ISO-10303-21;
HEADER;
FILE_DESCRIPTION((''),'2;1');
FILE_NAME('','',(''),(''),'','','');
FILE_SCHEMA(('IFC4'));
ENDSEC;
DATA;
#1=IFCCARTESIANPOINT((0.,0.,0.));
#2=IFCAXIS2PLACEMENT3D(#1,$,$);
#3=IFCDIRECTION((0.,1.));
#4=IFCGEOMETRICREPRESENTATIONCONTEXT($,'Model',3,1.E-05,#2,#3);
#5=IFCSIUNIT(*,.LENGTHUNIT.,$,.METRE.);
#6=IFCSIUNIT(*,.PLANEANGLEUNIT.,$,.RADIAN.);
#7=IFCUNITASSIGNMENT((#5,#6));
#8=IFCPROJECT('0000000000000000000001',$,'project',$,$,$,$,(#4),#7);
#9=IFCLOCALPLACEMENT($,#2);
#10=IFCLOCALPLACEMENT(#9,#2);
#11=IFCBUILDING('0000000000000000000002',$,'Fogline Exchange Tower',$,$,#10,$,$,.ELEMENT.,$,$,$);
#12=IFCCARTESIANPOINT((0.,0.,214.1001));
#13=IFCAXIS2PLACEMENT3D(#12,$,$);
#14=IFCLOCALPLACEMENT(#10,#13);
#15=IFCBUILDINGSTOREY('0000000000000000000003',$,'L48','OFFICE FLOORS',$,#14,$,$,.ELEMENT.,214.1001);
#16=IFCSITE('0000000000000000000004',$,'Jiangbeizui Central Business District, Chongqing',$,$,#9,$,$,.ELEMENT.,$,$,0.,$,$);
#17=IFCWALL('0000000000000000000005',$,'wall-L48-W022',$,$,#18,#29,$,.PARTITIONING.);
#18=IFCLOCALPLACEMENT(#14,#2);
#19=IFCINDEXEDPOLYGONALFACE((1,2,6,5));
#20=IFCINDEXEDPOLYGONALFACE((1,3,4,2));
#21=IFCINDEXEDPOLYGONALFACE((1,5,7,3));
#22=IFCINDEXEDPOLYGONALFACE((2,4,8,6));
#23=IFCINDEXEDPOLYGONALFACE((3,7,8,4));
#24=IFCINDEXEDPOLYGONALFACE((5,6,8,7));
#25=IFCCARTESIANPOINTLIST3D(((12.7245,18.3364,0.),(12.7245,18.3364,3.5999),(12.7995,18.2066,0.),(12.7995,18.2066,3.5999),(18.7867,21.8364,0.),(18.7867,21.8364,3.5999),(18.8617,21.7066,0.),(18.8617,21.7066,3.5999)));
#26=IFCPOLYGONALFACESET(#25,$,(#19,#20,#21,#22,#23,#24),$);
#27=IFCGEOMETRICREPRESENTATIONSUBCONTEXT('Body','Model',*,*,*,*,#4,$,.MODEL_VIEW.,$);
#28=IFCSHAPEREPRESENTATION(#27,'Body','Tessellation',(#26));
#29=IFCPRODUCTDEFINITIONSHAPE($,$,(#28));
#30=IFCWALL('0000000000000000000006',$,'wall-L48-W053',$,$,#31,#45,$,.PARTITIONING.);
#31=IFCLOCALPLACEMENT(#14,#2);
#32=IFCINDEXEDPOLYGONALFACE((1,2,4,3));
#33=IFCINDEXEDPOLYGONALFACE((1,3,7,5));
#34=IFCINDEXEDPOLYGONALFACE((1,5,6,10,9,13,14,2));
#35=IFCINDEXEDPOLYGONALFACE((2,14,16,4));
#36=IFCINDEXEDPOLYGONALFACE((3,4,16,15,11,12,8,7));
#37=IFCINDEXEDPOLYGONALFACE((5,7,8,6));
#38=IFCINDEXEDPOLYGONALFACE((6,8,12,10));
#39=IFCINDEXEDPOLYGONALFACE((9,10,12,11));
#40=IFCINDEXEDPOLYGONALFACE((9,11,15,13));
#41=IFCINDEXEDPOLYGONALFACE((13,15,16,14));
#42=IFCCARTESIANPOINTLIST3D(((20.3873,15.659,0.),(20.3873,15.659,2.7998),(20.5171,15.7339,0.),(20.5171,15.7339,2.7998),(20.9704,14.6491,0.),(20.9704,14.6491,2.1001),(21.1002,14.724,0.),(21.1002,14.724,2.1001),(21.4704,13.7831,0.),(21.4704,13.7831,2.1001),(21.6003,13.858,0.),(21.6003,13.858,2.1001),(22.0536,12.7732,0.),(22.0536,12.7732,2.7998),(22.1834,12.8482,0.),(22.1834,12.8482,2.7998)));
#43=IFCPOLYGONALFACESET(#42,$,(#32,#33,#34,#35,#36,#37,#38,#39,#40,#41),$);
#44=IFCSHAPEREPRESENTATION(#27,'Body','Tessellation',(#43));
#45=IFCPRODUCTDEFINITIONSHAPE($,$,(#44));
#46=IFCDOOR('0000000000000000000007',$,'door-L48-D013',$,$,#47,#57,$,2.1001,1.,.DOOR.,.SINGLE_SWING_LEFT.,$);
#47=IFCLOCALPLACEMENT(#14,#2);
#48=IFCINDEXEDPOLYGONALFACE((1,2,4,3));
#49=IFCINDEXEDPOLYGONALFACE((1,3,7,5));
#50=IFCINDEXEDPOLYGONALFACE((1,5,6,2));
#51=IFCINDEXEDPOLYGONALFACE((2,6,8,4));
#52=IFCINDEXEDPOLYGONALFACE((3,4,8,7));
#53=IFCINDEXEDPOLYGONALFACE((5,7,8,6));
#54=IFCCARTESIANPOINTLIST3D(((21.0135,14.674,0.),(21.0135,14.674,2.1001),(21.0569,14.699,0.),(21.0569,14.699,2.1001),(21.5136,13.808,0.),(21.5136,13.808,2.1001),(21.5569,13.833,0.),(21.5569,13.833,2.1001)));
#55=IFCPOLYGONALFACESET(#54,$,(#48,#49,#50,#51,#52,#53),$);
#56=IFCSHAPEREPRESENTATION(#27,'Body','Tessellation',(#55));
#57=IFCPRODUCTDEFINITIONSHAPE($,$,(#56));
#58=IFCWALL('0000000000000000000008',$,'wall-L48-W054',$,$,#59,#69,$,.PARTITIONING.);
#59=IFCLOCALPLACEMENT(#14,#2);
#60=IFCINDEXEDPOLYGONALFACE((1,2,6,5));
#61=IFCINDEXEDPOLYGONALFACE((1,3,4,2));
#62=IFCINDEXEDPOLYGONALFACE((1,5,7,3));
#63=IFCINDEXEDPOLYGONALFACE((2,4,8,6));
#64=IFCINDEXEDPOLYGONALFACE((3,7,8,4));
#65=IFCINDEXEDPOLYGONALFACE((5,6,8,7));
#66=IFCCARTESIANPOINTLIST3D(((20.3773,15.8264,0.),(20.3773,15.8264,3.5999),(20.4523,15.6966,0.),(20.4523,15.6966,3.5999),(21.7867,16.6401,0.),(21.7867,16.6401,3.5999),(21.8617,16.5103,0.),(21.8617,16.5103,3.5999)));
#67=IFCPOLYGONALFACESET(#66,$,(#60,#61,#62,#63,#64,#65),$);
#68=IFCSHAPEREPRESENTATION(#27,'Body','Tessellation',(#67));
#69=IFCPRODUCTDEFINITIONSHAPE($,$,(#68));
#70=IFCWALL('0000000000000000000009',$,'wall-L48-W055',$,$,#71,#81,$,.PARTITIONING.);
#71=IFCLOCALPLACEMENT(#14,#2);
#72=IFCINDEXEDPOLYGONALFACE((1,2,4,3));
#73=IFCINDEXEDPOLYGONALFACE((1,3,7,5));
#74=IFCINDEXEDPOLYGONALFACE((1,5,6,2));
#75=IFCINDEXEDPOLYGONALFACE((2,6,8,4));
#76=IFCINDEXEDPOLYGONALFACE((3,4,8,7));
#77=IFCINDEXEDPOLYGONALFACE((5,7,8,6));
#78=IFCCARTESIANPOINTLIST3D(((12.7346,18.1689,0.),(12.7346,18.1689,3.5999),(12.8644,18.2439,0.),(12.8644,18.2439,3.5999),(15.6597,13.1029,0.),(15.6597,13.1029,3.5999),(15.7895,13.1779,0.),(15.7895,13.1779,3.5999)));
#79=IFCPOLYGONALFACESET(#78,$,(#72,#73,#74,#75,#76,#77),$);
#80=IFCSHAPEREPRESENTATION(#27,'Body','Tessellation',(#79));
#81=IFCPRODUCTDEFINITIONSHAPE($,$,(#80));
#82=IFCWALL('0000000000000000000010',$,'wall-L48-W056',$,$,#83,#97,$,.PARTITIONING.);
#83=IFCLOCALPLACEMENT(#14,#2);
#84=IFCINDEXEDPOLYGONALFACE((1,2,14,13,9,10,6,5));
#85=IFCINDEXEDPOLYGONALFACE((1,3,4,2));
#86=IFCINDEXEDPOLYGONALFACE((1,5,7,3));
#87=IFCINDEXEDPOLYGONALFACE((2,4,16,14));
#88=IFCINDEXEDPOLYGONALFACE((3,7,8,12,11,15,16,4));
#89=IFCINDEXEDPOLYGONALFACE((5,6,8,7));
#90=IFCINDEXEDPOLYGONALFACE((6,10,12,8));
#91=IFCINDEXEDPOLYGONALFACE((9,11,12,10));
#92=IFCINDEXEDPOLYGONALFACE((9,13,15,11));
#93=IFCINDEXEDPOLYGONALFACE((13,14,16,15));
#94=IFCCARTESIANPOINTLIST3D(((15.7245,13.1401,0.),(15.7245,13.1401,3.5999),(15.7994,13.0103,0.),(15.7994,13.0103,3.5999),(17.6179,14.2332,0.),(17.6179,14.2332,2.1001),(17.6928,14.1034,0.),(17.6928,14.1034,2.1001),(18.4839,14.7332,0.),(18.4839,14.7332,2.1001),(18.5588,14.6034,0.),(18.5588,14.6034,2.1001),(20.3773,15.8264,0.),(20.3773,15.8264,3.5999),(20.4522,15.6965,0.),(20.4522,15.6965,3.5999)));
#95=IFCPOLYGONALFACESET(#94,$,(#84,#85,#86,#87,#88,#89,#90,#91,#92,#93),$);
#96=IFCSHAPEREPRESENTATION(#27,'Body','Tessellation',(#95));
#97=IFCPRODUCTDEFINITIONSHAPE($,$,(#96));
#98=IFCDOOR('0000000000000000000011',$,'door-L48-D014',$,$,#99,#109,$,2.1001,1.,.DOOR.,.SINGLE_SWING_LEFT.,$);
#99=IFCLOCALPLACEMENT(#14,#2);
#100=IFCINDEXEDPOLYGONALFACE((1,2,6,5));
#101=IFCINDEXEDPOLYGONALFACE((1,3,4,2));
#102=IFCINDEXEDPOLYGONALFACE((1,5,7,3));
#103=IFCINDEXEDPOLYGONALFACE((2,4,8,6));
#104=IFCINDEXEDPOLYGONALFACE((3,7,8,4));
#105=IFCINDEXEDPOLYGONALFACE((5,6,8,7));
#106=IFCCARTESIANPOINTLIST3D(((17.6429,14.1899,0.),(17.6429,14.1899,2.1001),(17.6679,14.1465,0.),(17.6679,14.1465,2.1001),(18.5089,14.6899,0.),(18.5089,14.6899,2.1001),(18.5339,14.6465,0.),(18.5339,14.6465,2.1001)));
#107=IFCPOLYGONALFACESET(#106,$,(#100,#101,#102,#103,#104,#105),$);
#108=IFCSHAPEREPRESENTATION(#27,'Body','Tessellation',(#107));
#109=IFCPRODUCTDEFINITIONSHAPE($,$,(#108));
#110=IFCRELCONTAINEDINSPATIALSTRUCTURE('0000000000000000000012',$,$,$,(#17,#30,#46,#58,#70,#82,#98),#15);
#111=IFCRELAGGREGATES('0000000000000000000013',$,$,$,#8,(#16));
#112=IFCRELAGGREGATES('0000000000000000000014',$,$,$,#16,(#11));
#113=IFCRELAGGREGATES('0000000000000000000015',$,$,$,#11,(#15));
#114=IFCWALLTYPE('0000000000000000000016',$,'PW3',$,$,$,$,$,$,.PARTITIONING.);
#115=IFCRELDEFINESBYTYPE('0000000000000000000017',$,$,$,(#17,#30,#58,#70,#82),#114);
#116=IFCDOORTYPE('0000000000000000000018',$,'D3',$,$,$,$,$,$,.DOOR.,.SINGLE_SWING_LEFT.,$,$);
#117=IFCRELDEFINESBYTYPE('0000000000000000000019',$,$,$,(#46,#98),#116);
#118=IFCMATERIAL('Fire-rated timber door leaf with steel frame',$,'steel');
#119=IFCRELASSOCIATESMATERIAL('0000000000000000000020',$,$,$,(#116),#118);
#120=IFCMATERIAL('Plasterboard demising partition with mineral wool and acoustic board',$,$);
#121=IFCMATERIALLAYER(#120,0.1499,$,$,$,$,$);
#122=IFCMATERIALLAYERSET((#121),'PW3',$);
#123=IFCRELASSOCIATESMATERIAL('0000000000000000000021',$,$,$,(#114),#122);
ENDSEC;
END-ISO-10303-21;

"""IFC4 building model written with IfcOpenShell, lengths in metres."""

from ifc_helpers import new_model, si_unit, direction, frame, frame_2d, origin, place, context, subcontext, project, spatial, rectangle, extrude, material, layer, layer_set, type_object, element, fill, save


model = new_model("IFC4")

# Units and contexts
model_context = context("Model", 3, precision=1e-05, world=origin(), true_north=direction((0.0, 1.0)))
body_context = subcontext(model_context, "Body", "Model", "MODEL_VIEW")
ifc_project = project(units=[si_unit("LENGTHUNIT", "METRE"), si_unit("PLANEANGLEUNIT", "RADIAN")], contexts=[model_context])

# Site, building, storey
site_placement = place(None, origin())
site = spatial("IfcSite", under=ifc_project, at=site_placement, Name="Jiangbeizui Central Business District, Chongqing", CompositionType="ELEMENT", RefElevation=0.0)
building_placement = place(site_placement, origin())
building = spatial("IfcBuilding", under=site, at=building_placement, Name="Fogline Exchange Tower", CompositionType="ELEMENT")
storey_placement = place(building_placement, frame((0.0, 0.0, 214.1001)))
storey = spatial("IfcBuildingStorey", under=building, at=storey_placement, Name="L48", Description="OFFICE FLOORS", CompositionType="ELEMENT", Elevation=214.1001)

# Shared definitions
ifc_material_1 = material(Name="Fire-rated timber door leaf with steel frame", Category="steel")
door_type_1 = type_object("IfcDoorType", Name="D3", OperationType="SINGLE_SWING_LEFT", PredefinedType="DOOR", material=ifc_material_1)

# Wall
ifc_material_2 = material(Name="Plasterboard demising partition with mineral wool and acoustic board")
ifc_layer_1 = layer(ifc_material_2, 0.1499)
ifc_layer_set_1 = layer_set([ifc_layer_1], Name="PW3")
wall_type_1 = type_object("IfcWallType", Name="PW3", PredefinedType="PARTITIONING", material=ifc_layer_set_1)
wall_1_placement = place(storey_placement, frame((18.8242, 21.7715, 0.0), z_axis=(0.0, 0.0, 1.0), x_axis=(-0.866028, -0.499995, 0.0)))
element("IfcWall", 1, at=wall_1_placement, inside=storey, type_object=wall_type_1, Name="wall-L48-W022", PredefinedType="PARTITIONING", context=body_context, shape_type="SweptSolid", body=[
    extrude(rectangle(XDim=7.0, YDim=0.1499, at=frame_2d((3.5, 0.0))), origin(), (0.0, 0.0, 1.0), 3.5999),
])

# Wall, opening, door
wall_2_placement = place(storey_placement, frame((22.1184, 12.8108, 0.0), z_axis=(0.0, 0.0, 1.0), x_axis=(-0.50004, 0.866003, 0.0)))
wall_2 = element("IfcWall", 2, at=wall_2_placement, inside=storey, type_object=wall_type_1, Name="wall-L48-W053", PredefinedType="PARTITIONING", context=body_context, shape_type="SweptSolid", body=[
    extrude(rectangle(XDim=3.3323, YDim=0.1499, at=frame_2d((1.666, 0.0))), origin(), (0.0, 0.0, 1.0), 2.7998),
])
opening_1_placement = place(wall_2_placement, frame((1.166, 0.0, 0.0)))
opening_1 = element("IfcOpeningElement", 3, at=opening_1_placement, cuts=wall_2, PredefinedType="OPENING", context=body_context, shape_type="SweptSolid", body=[
    extrude(rectangle(XDim=1.0, YDim=2.1001, at=frame_2d((0.5, 1.05))), frame((0.0, 0.085, 0.0), z_axis=(0.0, -1.0, 0.0), x_axis=(1.0, 0.0, 0.0)), (0.0, 0.0, 1.0), 0.1699),
])
door_1_placement = place(opening_1_placement, frame((1.0, 0.0, 0.0), z_axis=(0.0, 0.0, 1.0), x_axis=(-1.0, 0.0, 0.0)))
door_1 = element("IfcDoor", 4, at=door_1_placement, inside=storey, type_object=door_type_1, Name="door-L48-D013", OperationType="SINGLE_SWING_LEFT", OverallHeight=2.1001, OverallWidth=1.0, PredefinedType="DOOR", context=body_context, shape_type="SweptSolid", body=[
    extrude(rectangle(XDim=1.0, YDim=2.1001, at=frame_2d((0.5, 1.05))), frame((0.0, 0.0249, 0.0), z_axis=(0.0, -1.0, 0.0), x_axis=(1.0, 0.0, 0.0)), (0.0, 0.0, 1.0), 0.05),
])
fill(opening_1, door_1)

# Walls
wall_3_placement = place(storey_placement, frame((20.4148, 15.7615, 0.0), z_axis=(0.0, 0.0, 1.0), x_axis=(0.866028, 0.499995, 0.0)))
element("IfcWall", 5, at=wall_3_placement, inside=storey, type_object=wall_type_1, Name="wall-L48-W054", PredefinedType="PARTITIONING", context=body_context, shape_type="SweptSolid", body=[
    extrude(rectangle(XDim=1.6274, YDim=0.1499, at=frame_2d((0.8137, 0.0))), origin(), (0.0, 0.0, 1.0), 3.5999),
])
wall_4_placement = place(storey_placement, frame((12.7996, 18.2063, 0.0), z_axis=(0.0, 0.0, 1.0), x_axis=(0.500031, -0.866008, 0.0)))
element("IfcWall", 6, at=wall_4_placement, inside=storey, type_object=wall_type_1, Name="wall-L48-W055", PredefinedType="PARTITIONING", context=body_context, shape_type="SweptSolid", body=[
    extrude(rectangle(XDim=5.8499, YDim=0.1499, at=frame_2d((2.9248, 0.0))), origin(), (0.0, 0.0, 1.0), 3.5999),
])

# Wall, opening, door
wall_5_placement = place(storey_placement, frame((15.762, 13.0752, 0.0), z_axis=(0.0, 0.0, 1.0), x_axis=(0.866028, 0.499995, 0.0)))
wall_5 = element("IfcWall", 7, at=wall_5_placement, inside=storey, type_object=wall_type_1, Name="wall-L48-W056", PredefinedType="PARTITIONING", context=body_context, shape_type="SweptSolid", body=[
    extrude(rectangle(XDim=5.3726, YDim=0.1499, at=frame_2d((2.6863, 0.0))), origin(), (0.0, 0.0, 1.0), 3.5999),
])
opening_2_placement = place(wall_5_placement, frame((2.1863, 0.0, 0.0)))
opening_2 = element("IfcOpeningElement", 8, at=opening_2_placement, cuts=wall_5, PredefinedType="OPENING", context=body_context, shape_type="SweptSolid", body=[
    extrude(rectangle(XDim=1.0, YDim=2.1001, at=frame_2d((0.5, 1.05))), frame((0.0, 0.085, 0.0), z_axis=(0.0, -1.0, 0.0), x_axis=(1.0, 0.0, 0.0)), (0.0, 0.0, 1.0), 0.1699),
])
door_2_placement = place(opening_2_placement, origin())
door_2 = element("IfcDoor", 9, at=door_2_placement, inside=storey, type_object=door_type_1, Name="door-L48-D014", OperationType="SINGLE_SWING_LEFT", OverallHeight=2.1001, OverallWidth=1.0, PredefinedType="DOOR", context=body_context, shape_type="SweptSolid", body=[
    extrude(rectangle(XDim=1.0, YDim=2.1001, at=frame_2d((0.5, 1.05))), frame((0.0, 0.0249, 0.0), z_axis=(0.0, -1.0, 0.0), x_axis=(1.0, 0.0, 0.0)), (0.0, 0.0, 1.0), 0.05),
])
fill(opening_2, door_2)

save(model, "model.ifc")
